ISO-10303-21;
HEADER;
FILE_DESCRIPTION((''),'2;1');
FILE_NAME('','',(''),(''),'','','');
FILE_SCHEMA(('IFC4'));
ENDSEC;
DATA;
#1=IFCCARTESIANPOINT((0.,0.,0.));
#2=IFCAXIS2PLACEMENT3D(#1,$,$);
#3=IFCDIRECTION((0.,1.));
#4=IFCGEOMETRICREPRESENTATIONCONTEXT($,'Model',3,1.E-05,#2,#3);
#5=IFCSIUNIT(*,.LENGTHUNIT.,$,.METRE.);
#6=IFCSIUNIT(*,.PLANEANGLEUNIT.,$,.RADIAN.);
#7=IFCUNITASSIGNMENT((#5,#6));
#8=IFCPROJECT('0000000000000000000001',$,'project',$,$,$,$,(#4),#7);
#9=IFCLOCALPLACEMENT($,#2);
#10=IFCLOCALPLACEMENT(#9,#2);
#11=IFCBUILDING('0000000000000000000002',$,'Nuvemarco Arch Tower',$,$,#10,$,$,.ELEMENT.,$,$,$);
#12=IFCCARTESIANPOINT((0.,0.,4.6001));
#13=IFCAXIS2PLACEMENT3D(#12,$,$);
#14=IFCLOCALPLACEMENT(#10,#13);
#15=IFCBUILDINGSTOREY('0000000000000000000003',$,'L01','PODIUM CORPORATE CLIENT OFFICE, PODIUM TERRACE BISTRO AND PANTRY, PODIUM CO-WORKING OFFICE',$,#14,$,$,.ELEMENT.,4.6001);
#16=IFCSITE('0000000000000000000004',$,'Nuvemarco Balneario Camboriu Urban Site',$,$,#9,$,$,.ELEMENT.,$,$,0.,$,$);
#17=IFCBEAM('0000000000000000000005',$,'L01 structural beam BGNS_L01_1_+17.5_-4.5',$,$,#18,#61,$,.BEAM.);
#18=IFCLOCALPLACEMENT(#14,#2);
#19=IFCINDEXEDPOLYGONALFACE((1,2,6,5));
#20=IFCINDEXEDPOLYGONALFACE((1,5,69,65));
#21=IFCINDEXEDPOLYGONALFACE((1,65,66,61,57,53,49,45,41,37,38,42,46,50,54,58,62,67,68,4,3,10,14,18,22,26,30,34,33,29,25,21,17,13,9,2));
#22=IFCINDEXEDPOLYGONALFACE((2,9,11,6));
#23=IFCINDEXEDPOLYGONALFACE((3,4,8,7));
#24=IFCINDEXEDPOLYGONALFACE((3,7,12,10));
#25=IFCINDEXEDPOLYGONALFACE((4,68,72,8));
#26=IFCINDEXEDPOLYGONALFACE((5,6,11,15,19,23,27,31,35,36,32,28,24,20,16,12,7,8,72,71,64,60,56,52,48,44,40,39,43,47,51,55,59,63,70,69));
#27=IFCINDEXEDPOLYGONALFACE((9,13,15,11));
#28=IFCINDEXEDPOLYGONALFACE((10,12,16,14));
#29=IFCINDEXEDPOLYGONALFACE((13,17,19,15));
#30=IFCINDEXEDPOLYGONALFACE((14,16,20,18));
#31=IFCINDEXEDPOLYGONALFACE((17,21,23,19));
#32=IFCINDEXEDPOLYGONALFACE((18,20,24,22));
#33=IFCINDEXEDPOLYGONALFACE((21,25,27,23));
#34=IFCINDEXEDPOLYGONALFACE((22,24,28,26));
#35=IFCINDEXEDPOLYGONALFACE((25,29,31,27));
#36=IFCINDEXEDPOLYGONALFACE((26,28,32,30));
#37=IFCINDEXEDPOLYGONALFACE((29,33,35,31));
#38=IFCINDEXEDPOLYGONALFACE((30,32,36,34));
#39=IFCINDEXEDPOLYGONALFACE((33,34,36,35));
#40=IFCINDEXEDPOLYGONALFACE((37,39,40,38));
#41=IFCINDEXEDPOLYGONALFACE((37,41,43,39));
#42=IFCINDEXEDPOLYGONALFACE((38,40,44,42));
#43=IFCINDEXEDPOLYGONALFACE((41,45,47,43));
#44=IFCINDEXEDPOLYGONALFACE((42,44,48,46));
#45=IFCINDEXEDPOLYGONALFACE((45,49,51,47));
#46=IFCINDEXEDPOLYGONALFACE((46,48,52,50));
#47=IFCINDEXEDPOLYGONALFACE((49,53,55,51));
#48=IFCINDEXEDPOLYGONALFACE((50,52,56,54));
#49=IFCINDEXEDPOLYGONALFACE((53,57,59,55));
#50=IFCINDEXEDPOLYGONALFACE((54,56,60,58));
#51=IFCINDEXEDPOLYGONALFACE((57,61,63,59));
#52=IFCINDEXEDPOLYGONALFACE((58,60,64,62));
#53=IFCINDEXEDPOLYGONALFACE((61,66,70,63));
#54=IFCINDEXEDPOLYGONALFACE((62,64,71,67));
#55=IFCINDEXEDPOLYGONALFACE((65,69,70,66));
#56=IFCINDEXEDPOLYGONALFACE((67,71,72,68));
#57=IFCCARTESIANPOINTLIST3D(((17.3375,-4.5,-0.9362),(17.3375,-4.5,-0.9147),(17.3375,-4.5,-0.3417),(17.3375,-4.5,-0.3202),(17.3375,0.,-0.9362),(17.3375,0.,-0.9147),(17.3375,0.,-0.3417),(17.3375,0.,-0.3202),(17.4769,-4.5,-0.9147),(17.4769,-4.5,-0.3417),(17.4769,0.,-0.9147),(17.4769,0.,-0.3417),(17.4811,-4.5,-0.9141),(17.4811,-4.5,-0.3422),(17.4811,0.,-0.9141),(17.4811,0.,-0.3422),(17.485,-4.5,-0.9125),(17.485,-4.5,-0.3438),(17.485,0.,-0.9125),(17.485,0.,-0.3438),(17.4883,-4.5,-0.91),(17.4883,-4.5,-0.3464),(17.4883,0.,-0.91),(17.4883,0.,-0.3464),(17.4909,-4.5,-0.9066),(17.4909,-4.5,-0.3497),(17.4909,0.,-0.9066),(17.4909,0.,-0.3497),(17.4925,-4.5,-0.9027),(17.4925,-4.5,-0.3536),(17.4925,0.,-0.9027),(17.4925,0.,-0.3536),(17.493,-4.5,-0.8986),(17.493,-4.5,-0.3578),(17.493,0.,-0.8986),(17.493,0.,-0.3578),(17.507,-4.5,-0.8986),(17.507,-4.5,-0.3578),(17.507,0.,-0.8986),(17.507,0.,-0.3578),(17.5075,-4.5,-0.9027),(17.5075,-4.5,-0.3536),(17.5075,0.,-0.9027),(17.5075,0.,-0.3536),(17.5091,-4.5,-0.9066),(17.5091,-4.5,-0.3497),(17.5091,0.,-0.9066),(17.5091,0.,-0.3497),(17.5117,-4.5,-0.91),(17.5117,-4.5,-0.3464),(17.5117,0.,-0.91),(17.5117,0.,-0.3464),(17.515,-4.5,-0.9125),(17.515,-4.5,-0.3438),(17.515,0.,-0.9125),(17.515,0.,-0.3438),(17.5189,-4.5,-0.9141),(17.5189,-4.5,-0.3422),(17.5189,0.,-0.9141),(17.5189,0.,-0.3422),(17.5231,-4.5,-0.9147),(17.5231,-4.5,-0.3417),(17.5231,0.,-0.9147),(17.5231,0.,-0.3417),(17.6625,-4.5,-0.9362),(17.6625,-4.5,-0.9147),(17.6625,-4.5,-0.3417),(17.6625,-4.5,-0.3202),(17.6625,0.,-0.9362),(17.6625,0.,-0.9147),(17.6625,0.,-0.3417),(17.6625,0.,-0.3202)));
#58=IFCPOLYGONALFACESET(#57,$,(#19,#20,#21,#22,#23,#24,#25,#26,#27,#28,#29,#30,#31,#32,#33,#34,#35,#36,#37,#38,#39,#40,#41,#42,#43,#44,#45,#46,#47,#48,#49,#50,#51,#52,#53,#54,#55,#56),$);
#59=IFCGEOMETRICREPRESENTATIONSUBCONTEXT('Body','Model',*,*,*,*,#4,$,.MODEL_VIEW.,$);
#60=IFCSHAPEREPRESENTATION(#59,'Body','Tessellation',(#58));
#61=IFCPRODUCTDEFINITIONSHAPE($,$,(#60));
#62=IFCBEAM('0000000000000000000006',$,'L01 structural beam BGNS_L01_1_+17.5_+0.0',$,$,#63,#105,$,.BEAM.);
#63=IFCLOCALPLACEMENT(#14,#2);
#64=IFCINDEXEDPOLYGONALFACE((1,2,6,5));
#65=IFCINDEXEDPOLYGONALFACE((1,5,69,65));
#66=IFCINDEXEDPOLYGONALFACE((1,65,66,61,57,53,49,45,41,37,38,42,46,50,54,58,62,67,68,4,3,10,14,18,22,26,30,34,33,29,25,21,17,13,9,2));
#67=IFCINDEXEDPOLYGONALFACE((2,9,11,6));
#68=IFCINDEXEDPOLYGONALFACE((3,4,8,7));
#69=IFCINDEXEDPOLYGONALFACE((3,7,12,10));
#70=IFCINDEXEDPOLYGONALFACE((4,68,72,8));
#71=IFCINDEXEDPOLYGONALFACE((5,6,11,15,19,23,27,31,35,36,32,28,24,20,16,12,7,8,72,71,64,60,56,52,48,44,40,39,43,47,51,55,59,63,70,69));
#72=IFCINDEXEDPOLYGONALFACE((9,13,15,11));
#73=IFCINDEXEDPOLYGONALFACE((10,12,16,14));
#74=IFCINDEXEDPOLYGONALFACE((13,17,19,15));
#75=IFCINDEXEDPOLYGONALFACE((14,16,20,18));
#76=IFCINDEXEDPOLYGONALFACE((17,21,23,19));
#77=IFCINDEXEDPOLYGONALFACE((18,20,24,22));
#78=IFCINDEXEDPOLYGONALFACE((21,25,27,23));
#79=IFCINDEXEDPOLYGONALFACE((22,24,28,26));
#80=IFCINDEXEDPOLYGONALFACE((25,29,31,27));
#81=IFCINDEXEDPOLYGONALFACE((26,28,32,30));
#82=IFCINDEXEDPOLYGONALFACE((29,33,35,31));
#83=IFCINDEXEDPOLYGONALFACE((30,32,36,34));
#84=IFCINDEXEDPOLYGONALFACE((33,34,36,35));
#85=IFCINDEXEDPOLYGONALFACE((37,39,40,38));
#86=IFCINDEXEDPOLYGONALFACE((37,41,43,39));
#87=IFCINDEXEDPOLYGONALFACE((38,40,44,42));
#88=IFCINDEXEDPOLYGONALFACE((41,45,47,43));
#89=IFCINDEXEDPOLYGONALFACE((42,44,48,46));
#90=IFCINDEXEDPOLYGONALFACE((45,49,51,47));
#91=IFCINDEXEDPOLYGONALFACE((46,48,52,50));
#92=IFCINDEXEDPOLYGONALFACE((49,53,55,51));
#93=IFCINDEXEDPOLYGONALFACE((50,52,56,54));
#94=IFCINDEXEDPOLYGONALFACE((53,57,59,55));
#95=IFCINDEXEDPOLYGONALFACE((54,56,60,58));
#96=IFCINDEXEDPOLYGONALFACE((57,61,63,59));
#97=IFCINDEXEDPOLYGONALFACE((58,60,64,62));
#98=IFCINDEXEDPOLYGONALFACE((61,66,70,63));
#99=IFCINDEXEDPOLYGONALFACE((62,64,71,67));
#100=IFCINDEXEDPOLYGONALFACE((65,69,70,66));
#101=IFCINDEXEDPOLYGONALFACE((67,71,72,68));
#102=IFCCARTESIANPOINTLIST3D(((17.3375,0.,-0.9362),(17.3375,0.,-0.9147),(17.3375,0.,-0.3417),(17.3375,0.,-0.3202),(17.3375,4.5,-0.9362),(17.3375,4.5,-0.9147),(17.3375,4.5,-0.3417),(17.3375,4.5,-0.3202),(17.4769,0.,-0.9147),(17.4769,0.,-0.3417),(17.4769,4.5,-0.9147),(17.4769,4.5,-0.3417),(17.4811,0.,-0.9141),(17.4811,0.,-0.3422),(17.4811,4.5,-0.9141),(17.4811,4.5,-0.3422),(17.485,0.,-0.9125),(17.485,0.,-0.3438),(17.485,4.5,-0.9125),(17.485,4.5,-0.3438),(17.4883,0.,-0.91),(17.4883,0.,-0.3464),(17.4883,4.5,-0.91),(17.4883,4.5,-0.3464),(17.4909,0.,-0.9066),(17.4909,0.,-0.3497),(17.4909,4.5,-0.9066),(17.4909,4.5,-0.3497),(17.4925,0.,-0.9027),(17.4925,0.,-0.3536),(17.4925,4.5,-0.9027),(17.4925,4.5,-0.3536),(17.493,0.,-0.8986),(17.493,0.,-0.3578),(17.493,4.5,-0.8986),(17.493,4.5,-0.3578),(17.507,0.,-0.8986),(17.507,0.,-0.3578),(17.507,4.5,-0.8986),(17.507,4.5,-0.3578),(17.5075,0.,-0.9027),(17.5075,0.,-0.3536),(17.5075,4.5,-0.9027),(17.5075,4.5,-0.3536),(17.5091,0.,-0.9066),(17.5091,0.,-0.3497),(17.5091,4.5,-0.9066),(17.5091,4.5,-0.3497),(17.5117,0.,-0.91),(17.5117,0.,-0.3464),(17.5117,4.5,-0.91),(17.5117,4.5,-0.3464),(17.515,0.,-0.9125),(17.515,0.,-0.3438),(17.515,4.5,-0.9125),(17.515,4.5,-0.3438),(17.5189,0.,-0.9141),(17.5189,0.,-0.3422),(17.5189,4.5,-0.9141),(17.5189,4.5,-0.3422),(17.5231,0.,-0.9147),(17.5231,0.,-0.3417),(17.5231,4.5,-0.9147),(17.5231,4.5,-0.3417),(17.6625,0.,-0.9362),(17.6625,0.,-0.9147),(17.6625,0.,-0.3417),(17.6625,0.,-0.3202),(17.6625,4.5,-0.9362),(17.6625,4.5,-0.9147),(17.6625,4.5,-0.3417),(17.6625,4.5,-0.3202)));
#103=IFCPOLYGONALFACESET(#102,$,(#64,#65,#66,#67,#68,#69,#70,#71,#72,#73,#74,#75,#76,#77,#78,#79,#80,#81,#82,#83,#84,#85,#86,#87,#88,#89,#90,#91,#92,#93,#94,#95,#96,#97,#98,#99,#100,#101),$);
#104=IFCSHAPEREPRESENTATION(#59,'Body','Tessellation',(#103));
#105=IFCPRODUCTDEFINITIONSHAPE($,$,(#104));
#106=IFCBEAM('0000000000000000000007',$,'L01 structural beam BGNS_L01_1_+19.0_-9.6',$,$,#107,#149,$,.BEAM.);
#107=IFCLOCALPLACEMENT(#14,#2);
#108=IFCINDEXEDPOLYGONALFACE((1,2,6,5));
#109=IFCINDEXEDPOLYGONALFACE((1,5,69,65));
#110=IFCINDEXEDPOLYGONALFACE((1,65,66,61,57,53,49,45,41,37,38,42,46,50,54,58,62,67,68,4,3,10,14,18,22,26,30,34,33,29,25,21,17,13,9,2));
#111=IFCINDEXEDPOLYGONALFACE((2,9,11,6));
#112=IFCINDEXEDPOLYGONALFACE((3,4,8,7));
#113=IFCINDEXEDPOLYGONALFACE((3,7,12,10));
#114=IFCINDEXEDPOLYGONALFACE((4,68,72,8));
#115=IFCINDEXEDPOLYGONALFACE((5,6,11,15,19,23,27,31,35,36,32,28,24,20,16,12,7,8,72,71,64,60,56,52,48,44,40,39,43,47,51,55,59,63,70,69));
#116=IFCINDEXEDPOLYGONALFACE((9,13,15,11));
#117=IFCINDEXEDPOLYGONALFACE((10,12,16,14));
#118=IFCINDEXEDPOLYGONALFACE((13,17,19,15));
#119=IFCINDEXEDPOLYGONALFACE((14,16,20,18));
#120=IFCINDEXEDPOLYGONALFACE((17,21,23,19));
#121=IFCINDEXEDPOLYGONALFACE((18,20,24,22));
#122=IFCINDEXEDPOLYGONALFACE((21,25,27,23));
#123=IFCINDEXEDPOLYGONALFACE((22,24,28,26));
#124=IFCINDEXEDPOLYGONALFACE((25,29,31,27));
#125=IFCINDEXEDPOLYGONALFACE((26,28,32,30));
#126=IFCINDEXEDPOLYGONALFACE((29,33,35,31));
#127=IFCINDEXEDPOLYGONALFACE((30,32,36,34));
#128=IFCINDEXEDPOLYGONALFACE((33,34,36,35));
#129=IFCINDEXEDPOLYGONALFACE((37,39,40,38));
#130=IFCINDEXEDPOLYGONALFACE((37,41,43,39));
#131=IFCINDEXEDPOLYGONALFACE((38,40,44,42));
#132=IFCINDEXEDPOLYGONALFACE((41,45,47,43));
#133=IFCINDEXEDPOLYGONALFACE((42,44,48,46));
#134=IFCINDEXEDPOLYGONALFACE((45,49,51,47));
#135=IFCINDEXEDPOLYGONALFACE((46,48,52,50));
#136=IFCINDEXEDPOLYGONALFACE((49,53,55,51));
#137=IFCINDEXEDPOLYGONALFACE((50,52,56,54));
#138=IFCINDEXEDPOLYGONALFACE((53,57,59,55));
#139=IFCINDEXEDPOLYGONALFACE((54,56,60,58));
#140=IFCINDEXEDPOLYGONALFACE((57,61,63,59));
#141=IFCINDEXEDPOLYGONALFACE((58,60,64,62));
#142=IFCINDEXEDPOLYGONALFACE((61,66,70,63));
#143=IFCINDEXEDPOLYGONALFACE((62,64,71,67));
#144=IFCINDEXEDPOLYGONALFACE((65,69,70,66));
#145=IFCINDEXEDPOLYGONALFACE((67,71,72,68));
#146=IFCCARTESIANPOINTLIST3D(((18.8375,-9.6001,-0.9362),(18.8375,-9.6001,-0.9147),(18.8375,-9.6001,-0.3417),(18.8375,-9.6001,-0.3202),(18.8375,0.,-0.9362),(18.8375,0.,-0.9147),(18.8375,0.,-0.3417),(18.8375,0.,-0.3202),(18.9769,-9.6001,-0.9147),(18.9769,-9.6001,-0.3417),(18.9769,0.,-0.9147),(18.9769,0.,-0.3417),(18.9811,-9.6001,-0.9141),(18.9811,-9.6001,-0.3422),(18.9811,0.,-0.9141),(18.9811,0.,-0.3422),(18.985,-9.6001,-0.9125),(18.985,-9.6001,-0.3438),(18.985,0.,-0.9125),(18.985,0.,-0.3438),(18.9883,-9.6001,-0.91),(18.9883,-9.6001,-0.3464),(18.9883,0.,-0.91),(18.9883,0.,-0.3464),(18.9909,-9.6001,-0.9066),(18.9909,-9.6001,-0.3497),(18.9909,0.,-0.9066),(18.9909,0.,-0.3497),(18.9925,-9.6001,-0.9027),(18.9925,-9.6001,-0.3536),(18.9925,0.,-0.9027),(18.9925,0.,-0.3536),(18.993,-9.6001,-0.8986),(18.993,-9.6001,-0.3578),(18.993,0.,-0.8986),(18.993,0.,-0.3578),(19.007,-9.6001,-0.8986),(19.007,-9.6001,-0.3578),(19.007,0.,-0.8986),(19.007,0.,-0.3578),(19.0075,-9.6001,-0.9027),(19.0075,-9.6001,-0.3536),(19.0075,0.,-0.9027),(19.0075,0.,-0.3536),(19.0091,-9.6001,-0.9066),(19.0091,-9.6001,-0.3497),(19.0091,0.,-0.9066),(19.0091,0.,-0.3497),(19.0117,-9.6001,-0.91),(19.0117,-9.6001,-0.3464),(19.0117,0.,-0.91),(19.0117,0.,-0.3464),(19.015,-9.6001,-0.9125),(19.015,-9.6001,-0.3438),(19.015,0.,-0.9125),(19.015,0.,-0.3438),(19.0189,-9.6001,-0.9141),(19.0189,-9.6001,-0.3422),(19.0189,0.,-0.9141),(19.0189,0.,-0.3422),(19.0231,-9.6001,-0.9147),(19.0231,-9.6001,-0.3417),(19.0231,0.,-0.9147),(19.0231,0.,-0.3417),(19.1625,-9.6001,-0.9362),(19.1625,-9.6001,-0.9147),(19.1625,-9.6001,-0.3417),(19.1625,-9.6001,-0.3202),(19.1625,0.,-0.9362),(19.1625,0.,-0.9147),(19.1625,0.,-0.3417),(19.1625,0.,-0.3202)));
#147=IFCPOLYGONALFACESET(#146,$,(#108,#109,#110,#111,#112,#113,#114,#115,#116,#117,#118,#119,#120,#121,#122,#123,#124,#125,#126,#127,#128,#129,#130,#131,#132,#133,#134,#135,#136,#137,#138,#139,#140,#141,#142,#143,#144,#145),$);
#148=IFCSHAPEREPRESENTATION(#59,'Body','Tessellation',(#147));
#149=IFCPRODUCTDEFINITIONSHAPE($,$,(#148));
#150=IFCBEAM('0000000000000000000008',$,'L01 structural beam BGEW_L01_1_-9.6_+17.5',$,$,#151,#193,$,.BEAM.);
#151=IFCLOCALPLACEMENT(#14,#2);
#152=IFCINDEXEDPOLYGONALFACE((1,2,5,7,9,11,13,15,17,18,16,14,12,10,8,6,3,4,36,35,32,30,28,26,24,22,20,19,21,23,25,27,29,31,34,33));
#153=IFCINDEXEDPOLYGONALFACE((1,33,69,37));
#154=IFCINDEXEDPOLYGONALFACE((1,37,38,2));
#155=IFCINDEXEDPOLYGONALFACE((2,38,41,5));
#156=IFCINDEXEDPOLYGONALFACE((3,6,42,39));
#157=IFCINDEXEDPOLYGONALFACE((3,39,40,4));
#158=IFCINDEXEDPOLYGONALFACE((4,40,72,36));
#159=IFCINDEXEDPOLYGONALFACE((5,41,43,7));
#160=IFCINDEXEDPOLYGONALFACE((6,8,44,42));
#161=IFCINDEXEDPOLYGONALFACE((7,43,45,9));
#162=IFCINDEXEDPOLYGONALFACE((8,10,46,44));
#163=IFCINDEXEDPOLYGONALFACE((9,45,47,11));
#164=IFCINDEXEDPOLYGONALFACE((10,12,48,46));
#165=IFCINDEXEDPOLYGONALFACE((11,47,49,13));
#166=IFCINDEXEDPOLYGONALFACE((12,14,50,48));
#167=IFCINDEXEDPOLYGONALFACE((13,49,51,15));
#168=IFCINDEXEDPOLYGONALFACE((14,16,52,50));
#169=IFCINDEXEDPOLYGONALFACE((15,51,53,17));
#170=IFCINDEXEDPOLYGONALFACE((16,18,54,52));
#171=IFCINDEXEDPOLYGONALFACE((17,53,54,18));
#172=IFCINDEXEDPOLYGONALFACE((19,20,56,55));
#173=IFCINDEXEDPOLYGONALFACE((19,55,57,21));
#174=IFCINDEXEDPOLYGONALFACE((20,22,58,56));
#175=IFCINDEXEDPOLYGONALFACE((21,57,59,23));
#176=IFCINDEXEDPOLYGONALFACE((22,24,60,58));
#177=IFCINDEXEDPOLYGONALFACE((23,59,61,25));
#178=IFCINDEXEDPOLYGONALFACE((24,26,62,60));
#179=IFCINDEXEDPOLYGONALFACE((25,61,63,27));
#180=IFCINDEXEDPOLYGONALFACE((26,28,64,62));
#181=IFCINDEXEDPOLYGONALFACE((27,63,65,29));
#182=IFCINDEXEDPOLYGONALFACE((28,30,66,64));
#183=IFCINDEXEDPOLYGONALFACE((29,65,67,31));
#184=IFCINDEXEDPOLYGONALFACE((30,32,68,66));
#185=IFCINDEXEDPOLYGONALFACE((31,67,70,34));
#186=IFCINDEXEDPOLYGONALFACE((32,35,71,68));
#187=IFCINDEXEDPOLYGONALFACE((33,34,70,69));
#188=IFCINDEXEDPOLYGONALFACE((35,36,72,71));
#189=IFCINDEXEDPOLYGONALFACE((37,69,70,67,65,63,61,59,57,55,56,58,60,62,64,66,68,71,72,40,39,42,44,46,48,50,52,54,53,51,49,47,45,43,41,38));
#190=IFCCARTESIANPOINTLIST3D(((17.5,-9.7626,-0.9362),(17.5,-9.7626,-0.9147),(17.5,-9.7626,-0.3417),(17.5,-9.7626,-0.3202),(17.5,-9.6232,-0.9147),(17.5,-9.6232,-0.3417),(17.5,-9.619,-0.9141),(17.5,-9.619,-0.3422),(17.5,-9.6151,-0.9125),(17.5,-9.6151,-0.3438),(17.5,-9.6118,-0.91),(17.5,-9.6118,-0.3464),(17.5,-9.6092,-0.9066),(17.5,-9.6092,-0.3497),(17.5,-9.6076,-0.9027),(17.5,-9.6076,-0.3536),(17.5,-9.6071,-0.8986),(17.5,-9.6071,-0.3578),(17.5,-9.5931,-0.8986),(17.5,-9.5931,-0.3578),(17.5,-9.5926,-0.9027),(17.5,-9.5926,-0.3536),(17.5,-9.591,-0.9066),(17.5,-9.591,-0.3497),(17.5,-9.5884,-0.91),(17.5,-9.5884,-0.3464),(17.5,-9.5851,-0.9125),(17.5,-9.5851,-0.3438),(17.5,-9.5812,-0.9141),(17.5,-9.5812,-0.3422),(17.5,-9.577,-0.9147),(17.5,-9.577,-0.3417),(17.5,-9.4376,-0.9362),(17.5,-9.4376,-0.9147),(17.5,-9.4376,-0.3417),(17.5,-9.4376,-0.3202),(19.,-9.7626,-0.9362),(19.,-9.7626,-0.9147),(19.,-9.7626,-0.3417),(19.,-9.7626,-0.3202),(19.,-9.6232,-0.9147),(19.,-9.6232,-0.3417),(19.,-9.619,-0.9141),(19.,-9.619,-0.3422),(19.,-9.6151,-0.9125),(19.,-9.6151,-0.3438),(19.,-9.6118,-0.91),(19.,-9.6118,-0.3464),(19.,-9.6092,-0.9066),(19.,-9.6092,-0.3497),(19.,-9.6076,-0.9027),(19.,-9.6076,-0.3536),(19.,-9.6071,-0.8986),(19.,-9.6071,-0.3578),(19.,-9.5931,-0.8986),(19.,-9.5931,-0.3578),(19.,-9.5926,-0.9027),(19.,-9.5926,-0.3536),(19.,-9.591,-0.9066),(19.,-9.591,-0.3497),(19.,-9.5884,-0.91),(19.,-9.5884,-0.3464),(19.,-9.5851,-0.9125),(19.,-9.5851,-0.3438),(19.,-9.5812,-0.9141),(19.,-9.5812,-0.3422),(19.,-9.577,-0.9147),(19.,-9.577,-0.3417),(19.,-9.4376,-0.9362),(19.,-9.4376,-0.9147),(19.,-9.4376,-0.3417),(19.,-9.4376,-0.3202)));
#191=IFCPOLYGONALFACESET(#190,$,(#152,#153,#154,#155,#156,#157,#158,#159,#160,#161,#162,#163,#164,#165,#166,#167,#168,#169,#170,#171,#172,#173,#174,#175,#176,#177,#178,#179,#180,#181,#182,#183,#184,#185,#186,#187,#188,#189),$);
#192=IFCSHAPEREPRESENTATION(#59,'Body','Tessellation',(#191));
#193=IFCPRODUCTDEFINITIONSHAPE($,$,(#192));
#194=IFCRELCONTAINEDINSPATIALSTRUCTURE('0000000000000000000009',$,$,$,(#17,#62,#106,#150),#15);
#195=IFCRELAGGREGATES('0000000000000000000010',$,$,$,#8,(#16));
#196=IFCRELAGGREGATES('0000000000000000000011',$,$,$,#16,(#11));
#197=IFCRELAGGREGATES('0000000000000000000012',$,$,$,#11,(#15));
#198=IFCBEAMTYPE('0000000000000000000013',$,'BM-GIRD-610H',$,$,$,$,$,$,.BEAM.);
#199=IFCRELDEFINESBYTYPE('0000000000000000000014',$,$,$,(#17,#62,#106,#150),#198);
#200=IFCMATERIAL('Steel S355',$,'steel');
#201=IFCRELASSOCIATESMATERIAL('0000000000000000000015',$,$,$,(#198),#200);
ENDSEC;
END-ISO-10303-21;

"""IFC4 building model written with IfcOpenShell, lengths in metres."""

from ifc_helpers import new_model, si_unit, direction, frame, origin, origin_2d, place, context, subcontext, project, spatial, i_section, extrude, material, material_profile, profile_set, type_object, element, save


model = new_model("IFC4")

# Units and contexts
model_context = context("Model", 3, precision=1e-05, world=origin(), true_north=direction((0.0, 1.0)))
body_context = subcontext(model_context, "Body", "Model", "MODEL_VIEW")
ifc_project = project(units=[si_unit("LENGTHUNIT", "METRE"), si_unit("PLANEANGLEUNIT", "RADIAN")], contexts=[model_context])

# Site, building, storey
site_placement = place(None, origin())
site = spatial("IfcSite", under=ifc_project, at=site_placement, Name="Nuvemarco Balneario Camboriu Urban Site", CompositionType="ELEMENT", RefElevation=0.0)
building_placement = place(site_placement, origin())
building = spatial("IfcBuilding", under=site, at=building_placement, Name="Nuvemarco Arch Tower", CompositionType="ELEMENT")
storey_placement = place(building_placement, frame((0.0, 0.0, 4.6001)))
storey = spatial("IfcBuildingStorey", under=building, at=storey_placement, Name="L01", Description="PODIUM CORPORATE CLIENT OFFICE, PODIUM TERRACE BISTRO AND PANTRY, PODIUM CO-WORKING OFFICE", CompositionType="ELEMENT", Elevation=4.6001)

# Beams
ifc_material_1 = material(Name="Steel S355", Category="steel")
ifc_material_profile_1 = material_profile(ifc_material_1, i_section(OverallWidth=0.325, OverallDepth=0.616, WebThickness=0.0139, FlangeThickness=0.0215, FilletRadius=0.0161, at=origin_2d()), Name="W610x174")
ifc_profile_set_1 = profile_set([ifc_material_profile_1], Name="Steel S355")
beam_type_1 = type_object("IfcBeamType", Name="BM-GIRD-610H", PredefinedType="BEAM", material=ifc_profile_set_1)
for number, where, z_axis, x_axis, name in (
    (1, (17.5, -4.5, -0.6282), (0.0, 1.0, 0.0), (-1.0, 0.0, 0.0), "L01 structural beam BGNS_L01_1_+17.5_-4.5"),
    (2, (17.5, 0.0, -0.6282), (0.0, 1.0, 0.0), (-1.0, 0.0, 0.0), "L01 structural beam BGNS_L01_1_+17.5_+0.0"),
):
    element("IfcBeam", number, at=place(storey_placement, frame(where, z_axis=z_axis, x_axis=x_axis)), inside=storey, type_object=beam_type_1, Name=name, PredefinedType="BEAM", context=body_context, shape_type="SweptSolid", body=[
        extrude(i_section(OverallWidth=0.325, OverallDepth=0.616, WebThickness=0.0139, FlangeThickness=0.0215, FilletRadius=0.0161, at=origin_2d()), origin(), (0.0, 0.0, 1.0), 4.5),
    ])
beam_1_placement = place(storey_placement, frame((19.0, -9.6001, -0.6282), z_axis=(0.0, 1.0, 0.0), x_axis=(-1.0, 0.0, 0.0)))
element("IfcBeam", 3, at=beam_1_placement, inside=storey, type_object=beam_type_1, Name="L01 structural beam BGNS_L01_1_+19.0_-9.6", PredefinedType="BEAM", context=body_context, shape_type="SweptSolid", body=[
    extrude(i_section(OverallWidth=0.325, OverallDepth=0.616, WebThickness=0.0139, FlangeThickness=0.0215, FilletRadius=0.0161, at=origin_2d()), origin(), (0.0, 0.0, 1.0), 9.6001),
])
beam_2_placement = place(storey_placement, frame((17.5, -9.6001, -0.6282), z_axis=(1.0, 0.0, 0.0), x_axis=(0.0, 1.0, 0.0)))
element("IfcBeam", 4, at=beam_2_placement, inside=storey, type_object=beam_type_1, Name="L01 structural beam BGEW_L01_1_-9.6_+17.5", PredefinedType="BEAM", context=body_context, shape_type="SweptSolid", body=[
    extrude(i_section(OverallWidth=0.325, OverallDepth=0.616, WebThickness=0.0139, FlangeThickness=0.0215, FilletRadius=0.0161, at=origin_2d()), origin(), (0.0, 0.0, 1.0), 1.5),
])

save(model, "model.ifc")
